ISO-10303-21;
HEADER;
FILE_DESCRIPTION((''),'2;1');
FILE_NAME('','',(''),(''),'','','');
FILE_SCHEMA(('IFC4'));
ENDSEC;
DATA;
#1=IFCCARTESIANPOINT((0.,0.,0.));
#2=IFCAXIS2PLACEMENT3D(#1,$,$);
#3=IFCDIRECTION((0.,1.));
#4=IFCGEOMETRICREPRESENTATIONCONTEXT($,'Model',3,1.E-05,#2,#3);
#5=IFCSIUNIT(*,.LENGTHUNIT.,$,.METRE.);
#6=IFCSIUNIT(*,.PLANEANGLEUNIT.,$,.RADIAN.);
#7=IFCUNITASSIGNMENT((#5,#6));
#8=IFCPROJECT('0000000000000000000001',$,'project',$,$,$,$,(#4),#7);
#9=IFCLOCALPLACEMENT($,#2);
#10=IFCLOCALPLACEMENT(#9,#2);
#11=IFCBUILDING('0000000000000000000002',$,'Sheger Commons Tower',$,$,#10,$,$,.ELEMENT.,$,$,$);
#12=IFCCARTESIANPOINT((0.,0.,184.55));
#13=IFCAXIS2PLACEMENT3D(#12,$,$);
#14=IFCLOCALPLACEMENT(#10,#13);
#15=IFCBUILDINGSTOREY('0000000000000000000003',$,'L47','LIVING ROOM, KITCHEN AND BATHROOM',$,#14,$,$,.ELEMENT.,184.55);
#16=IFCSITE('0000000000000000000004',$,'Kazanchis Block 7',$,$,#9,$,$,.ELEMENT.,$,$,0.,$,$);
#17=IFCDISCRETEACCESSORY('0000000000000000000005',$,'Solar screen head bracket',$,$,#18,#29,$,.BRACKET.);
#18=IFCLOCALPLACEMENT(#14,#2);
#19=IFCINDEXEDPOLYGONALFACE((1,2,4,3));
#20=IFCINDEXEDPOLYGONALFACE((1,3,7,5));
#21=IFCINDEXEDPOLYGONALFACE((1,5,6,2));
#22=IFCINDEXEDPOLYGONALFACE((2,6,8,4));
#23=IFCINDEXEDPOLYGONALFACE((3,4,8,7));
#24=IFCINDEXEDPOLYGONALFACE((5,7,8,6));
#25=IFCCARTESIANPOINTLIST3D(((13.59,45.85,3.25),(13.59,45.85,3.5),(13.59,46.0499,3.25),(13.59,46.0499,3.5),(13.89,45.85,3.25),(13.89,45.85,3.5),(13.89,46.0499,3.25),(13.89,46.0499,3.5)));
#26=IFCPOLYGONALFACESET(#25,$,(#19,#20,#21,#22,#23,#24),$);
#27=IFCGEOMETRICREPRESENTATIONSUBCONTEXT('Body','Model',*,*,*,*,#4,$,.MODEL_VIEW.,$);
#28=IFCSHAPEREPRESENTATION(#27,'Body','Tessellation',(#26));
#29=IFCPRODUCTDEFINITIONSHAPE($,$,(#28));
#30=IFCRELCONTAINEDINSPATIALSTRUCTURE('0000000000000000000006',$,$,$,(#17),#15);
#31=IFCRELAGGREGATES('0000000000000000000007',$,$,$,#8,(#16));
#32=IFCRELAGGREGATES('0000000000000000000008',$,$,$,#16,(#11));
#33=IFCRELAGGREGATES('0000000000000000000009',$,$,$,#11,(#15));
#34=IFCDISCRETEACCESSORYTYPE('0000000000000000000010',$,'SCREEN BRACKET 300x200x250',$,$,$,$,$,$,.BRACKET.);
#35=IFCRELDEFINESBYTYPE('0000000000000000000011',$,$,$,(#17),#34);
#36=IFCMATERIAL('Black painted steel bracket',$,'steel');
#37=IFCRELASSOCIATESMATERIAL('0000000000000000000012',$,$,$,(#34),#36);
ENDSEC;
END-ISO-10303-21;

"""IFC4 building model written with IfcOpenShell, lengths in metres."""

from ifc_helpers import new_model, si_unit, direction, frame, origin, origin_2d, place, context, subcontext, project, spatial, rectangle, extrude, material, type_object, element, save


model = new_model("IFC4")

# Units and contexts
model_context = context("Model", 3, precision=1e-05, world=origin(), true_north=direction((0.0, 1.0)))
body_context = subcontext(model_context, "Body", "Model", "MODEL_VIEW")
ifc_project = project(units=[si_unit("LENGTHUNIT", "METRE"), si_unit("PLANEANGLEUNIT", "RADIAN")], contexts=[model_context])

# Site, building, storey
site_placement = place(None, origin())
site = spatial("IfcSite", under=ifc_project, at=site_placement, Name="Kazanchis Block 7", CompositionType="ELEMENT", RefElevation=0.0)
building_placement = place(site_placement, origin())
building = spatial("IfcBuilding", under=site, at=building_placement, Name="Sheger Commons Tower", CompositionType="ELEMENT")
storey_placement = place(building_placement, frame((0.0, 0.0, 184.55)))
storey = spatial("IfcBuildingStorey", under=building, at=storey_placement, Name="L47", Description="LIVING ROOM, KITCHEN AND BATHROOM", CompositionType="ELEMENT", Elevation=184.55)

# Discrete accessory
ifc_material_1 = material(Name="Black painted steel bracket", Category="steel")
discrete_accessory_type = type_object("IfcDiscreteAccessoryType", Name="SCREEN BRACKET 300x200x250", PredefinedType="BRACKET", material=ifc_material_1)
for number, where, z_axis, x_axis, name in (
    (1, (13.74, 45.95, 3.25), (0.0, 0.0, 1.0), (-1.0, 0.0, 0.0), "Solar screen head bracket"),
):
    element("IfcDiscreteAccessory", number, at=place(storey_placement, frame(where, z_axis=z_axis, x_axis=x_axis)), inside=storey, type_object=discrete_accessory_type, Name=name, PredefinedType="BRACKET", context=body_context, shape_type="SweptSolid", body=[
        extrude(rectangle(XDim=0.3, YDim=0.2, at=origin_2d()), origin(), (0.0, 0.0, 1.0), 0.25),
    ])

save(model, "model.ifc")
